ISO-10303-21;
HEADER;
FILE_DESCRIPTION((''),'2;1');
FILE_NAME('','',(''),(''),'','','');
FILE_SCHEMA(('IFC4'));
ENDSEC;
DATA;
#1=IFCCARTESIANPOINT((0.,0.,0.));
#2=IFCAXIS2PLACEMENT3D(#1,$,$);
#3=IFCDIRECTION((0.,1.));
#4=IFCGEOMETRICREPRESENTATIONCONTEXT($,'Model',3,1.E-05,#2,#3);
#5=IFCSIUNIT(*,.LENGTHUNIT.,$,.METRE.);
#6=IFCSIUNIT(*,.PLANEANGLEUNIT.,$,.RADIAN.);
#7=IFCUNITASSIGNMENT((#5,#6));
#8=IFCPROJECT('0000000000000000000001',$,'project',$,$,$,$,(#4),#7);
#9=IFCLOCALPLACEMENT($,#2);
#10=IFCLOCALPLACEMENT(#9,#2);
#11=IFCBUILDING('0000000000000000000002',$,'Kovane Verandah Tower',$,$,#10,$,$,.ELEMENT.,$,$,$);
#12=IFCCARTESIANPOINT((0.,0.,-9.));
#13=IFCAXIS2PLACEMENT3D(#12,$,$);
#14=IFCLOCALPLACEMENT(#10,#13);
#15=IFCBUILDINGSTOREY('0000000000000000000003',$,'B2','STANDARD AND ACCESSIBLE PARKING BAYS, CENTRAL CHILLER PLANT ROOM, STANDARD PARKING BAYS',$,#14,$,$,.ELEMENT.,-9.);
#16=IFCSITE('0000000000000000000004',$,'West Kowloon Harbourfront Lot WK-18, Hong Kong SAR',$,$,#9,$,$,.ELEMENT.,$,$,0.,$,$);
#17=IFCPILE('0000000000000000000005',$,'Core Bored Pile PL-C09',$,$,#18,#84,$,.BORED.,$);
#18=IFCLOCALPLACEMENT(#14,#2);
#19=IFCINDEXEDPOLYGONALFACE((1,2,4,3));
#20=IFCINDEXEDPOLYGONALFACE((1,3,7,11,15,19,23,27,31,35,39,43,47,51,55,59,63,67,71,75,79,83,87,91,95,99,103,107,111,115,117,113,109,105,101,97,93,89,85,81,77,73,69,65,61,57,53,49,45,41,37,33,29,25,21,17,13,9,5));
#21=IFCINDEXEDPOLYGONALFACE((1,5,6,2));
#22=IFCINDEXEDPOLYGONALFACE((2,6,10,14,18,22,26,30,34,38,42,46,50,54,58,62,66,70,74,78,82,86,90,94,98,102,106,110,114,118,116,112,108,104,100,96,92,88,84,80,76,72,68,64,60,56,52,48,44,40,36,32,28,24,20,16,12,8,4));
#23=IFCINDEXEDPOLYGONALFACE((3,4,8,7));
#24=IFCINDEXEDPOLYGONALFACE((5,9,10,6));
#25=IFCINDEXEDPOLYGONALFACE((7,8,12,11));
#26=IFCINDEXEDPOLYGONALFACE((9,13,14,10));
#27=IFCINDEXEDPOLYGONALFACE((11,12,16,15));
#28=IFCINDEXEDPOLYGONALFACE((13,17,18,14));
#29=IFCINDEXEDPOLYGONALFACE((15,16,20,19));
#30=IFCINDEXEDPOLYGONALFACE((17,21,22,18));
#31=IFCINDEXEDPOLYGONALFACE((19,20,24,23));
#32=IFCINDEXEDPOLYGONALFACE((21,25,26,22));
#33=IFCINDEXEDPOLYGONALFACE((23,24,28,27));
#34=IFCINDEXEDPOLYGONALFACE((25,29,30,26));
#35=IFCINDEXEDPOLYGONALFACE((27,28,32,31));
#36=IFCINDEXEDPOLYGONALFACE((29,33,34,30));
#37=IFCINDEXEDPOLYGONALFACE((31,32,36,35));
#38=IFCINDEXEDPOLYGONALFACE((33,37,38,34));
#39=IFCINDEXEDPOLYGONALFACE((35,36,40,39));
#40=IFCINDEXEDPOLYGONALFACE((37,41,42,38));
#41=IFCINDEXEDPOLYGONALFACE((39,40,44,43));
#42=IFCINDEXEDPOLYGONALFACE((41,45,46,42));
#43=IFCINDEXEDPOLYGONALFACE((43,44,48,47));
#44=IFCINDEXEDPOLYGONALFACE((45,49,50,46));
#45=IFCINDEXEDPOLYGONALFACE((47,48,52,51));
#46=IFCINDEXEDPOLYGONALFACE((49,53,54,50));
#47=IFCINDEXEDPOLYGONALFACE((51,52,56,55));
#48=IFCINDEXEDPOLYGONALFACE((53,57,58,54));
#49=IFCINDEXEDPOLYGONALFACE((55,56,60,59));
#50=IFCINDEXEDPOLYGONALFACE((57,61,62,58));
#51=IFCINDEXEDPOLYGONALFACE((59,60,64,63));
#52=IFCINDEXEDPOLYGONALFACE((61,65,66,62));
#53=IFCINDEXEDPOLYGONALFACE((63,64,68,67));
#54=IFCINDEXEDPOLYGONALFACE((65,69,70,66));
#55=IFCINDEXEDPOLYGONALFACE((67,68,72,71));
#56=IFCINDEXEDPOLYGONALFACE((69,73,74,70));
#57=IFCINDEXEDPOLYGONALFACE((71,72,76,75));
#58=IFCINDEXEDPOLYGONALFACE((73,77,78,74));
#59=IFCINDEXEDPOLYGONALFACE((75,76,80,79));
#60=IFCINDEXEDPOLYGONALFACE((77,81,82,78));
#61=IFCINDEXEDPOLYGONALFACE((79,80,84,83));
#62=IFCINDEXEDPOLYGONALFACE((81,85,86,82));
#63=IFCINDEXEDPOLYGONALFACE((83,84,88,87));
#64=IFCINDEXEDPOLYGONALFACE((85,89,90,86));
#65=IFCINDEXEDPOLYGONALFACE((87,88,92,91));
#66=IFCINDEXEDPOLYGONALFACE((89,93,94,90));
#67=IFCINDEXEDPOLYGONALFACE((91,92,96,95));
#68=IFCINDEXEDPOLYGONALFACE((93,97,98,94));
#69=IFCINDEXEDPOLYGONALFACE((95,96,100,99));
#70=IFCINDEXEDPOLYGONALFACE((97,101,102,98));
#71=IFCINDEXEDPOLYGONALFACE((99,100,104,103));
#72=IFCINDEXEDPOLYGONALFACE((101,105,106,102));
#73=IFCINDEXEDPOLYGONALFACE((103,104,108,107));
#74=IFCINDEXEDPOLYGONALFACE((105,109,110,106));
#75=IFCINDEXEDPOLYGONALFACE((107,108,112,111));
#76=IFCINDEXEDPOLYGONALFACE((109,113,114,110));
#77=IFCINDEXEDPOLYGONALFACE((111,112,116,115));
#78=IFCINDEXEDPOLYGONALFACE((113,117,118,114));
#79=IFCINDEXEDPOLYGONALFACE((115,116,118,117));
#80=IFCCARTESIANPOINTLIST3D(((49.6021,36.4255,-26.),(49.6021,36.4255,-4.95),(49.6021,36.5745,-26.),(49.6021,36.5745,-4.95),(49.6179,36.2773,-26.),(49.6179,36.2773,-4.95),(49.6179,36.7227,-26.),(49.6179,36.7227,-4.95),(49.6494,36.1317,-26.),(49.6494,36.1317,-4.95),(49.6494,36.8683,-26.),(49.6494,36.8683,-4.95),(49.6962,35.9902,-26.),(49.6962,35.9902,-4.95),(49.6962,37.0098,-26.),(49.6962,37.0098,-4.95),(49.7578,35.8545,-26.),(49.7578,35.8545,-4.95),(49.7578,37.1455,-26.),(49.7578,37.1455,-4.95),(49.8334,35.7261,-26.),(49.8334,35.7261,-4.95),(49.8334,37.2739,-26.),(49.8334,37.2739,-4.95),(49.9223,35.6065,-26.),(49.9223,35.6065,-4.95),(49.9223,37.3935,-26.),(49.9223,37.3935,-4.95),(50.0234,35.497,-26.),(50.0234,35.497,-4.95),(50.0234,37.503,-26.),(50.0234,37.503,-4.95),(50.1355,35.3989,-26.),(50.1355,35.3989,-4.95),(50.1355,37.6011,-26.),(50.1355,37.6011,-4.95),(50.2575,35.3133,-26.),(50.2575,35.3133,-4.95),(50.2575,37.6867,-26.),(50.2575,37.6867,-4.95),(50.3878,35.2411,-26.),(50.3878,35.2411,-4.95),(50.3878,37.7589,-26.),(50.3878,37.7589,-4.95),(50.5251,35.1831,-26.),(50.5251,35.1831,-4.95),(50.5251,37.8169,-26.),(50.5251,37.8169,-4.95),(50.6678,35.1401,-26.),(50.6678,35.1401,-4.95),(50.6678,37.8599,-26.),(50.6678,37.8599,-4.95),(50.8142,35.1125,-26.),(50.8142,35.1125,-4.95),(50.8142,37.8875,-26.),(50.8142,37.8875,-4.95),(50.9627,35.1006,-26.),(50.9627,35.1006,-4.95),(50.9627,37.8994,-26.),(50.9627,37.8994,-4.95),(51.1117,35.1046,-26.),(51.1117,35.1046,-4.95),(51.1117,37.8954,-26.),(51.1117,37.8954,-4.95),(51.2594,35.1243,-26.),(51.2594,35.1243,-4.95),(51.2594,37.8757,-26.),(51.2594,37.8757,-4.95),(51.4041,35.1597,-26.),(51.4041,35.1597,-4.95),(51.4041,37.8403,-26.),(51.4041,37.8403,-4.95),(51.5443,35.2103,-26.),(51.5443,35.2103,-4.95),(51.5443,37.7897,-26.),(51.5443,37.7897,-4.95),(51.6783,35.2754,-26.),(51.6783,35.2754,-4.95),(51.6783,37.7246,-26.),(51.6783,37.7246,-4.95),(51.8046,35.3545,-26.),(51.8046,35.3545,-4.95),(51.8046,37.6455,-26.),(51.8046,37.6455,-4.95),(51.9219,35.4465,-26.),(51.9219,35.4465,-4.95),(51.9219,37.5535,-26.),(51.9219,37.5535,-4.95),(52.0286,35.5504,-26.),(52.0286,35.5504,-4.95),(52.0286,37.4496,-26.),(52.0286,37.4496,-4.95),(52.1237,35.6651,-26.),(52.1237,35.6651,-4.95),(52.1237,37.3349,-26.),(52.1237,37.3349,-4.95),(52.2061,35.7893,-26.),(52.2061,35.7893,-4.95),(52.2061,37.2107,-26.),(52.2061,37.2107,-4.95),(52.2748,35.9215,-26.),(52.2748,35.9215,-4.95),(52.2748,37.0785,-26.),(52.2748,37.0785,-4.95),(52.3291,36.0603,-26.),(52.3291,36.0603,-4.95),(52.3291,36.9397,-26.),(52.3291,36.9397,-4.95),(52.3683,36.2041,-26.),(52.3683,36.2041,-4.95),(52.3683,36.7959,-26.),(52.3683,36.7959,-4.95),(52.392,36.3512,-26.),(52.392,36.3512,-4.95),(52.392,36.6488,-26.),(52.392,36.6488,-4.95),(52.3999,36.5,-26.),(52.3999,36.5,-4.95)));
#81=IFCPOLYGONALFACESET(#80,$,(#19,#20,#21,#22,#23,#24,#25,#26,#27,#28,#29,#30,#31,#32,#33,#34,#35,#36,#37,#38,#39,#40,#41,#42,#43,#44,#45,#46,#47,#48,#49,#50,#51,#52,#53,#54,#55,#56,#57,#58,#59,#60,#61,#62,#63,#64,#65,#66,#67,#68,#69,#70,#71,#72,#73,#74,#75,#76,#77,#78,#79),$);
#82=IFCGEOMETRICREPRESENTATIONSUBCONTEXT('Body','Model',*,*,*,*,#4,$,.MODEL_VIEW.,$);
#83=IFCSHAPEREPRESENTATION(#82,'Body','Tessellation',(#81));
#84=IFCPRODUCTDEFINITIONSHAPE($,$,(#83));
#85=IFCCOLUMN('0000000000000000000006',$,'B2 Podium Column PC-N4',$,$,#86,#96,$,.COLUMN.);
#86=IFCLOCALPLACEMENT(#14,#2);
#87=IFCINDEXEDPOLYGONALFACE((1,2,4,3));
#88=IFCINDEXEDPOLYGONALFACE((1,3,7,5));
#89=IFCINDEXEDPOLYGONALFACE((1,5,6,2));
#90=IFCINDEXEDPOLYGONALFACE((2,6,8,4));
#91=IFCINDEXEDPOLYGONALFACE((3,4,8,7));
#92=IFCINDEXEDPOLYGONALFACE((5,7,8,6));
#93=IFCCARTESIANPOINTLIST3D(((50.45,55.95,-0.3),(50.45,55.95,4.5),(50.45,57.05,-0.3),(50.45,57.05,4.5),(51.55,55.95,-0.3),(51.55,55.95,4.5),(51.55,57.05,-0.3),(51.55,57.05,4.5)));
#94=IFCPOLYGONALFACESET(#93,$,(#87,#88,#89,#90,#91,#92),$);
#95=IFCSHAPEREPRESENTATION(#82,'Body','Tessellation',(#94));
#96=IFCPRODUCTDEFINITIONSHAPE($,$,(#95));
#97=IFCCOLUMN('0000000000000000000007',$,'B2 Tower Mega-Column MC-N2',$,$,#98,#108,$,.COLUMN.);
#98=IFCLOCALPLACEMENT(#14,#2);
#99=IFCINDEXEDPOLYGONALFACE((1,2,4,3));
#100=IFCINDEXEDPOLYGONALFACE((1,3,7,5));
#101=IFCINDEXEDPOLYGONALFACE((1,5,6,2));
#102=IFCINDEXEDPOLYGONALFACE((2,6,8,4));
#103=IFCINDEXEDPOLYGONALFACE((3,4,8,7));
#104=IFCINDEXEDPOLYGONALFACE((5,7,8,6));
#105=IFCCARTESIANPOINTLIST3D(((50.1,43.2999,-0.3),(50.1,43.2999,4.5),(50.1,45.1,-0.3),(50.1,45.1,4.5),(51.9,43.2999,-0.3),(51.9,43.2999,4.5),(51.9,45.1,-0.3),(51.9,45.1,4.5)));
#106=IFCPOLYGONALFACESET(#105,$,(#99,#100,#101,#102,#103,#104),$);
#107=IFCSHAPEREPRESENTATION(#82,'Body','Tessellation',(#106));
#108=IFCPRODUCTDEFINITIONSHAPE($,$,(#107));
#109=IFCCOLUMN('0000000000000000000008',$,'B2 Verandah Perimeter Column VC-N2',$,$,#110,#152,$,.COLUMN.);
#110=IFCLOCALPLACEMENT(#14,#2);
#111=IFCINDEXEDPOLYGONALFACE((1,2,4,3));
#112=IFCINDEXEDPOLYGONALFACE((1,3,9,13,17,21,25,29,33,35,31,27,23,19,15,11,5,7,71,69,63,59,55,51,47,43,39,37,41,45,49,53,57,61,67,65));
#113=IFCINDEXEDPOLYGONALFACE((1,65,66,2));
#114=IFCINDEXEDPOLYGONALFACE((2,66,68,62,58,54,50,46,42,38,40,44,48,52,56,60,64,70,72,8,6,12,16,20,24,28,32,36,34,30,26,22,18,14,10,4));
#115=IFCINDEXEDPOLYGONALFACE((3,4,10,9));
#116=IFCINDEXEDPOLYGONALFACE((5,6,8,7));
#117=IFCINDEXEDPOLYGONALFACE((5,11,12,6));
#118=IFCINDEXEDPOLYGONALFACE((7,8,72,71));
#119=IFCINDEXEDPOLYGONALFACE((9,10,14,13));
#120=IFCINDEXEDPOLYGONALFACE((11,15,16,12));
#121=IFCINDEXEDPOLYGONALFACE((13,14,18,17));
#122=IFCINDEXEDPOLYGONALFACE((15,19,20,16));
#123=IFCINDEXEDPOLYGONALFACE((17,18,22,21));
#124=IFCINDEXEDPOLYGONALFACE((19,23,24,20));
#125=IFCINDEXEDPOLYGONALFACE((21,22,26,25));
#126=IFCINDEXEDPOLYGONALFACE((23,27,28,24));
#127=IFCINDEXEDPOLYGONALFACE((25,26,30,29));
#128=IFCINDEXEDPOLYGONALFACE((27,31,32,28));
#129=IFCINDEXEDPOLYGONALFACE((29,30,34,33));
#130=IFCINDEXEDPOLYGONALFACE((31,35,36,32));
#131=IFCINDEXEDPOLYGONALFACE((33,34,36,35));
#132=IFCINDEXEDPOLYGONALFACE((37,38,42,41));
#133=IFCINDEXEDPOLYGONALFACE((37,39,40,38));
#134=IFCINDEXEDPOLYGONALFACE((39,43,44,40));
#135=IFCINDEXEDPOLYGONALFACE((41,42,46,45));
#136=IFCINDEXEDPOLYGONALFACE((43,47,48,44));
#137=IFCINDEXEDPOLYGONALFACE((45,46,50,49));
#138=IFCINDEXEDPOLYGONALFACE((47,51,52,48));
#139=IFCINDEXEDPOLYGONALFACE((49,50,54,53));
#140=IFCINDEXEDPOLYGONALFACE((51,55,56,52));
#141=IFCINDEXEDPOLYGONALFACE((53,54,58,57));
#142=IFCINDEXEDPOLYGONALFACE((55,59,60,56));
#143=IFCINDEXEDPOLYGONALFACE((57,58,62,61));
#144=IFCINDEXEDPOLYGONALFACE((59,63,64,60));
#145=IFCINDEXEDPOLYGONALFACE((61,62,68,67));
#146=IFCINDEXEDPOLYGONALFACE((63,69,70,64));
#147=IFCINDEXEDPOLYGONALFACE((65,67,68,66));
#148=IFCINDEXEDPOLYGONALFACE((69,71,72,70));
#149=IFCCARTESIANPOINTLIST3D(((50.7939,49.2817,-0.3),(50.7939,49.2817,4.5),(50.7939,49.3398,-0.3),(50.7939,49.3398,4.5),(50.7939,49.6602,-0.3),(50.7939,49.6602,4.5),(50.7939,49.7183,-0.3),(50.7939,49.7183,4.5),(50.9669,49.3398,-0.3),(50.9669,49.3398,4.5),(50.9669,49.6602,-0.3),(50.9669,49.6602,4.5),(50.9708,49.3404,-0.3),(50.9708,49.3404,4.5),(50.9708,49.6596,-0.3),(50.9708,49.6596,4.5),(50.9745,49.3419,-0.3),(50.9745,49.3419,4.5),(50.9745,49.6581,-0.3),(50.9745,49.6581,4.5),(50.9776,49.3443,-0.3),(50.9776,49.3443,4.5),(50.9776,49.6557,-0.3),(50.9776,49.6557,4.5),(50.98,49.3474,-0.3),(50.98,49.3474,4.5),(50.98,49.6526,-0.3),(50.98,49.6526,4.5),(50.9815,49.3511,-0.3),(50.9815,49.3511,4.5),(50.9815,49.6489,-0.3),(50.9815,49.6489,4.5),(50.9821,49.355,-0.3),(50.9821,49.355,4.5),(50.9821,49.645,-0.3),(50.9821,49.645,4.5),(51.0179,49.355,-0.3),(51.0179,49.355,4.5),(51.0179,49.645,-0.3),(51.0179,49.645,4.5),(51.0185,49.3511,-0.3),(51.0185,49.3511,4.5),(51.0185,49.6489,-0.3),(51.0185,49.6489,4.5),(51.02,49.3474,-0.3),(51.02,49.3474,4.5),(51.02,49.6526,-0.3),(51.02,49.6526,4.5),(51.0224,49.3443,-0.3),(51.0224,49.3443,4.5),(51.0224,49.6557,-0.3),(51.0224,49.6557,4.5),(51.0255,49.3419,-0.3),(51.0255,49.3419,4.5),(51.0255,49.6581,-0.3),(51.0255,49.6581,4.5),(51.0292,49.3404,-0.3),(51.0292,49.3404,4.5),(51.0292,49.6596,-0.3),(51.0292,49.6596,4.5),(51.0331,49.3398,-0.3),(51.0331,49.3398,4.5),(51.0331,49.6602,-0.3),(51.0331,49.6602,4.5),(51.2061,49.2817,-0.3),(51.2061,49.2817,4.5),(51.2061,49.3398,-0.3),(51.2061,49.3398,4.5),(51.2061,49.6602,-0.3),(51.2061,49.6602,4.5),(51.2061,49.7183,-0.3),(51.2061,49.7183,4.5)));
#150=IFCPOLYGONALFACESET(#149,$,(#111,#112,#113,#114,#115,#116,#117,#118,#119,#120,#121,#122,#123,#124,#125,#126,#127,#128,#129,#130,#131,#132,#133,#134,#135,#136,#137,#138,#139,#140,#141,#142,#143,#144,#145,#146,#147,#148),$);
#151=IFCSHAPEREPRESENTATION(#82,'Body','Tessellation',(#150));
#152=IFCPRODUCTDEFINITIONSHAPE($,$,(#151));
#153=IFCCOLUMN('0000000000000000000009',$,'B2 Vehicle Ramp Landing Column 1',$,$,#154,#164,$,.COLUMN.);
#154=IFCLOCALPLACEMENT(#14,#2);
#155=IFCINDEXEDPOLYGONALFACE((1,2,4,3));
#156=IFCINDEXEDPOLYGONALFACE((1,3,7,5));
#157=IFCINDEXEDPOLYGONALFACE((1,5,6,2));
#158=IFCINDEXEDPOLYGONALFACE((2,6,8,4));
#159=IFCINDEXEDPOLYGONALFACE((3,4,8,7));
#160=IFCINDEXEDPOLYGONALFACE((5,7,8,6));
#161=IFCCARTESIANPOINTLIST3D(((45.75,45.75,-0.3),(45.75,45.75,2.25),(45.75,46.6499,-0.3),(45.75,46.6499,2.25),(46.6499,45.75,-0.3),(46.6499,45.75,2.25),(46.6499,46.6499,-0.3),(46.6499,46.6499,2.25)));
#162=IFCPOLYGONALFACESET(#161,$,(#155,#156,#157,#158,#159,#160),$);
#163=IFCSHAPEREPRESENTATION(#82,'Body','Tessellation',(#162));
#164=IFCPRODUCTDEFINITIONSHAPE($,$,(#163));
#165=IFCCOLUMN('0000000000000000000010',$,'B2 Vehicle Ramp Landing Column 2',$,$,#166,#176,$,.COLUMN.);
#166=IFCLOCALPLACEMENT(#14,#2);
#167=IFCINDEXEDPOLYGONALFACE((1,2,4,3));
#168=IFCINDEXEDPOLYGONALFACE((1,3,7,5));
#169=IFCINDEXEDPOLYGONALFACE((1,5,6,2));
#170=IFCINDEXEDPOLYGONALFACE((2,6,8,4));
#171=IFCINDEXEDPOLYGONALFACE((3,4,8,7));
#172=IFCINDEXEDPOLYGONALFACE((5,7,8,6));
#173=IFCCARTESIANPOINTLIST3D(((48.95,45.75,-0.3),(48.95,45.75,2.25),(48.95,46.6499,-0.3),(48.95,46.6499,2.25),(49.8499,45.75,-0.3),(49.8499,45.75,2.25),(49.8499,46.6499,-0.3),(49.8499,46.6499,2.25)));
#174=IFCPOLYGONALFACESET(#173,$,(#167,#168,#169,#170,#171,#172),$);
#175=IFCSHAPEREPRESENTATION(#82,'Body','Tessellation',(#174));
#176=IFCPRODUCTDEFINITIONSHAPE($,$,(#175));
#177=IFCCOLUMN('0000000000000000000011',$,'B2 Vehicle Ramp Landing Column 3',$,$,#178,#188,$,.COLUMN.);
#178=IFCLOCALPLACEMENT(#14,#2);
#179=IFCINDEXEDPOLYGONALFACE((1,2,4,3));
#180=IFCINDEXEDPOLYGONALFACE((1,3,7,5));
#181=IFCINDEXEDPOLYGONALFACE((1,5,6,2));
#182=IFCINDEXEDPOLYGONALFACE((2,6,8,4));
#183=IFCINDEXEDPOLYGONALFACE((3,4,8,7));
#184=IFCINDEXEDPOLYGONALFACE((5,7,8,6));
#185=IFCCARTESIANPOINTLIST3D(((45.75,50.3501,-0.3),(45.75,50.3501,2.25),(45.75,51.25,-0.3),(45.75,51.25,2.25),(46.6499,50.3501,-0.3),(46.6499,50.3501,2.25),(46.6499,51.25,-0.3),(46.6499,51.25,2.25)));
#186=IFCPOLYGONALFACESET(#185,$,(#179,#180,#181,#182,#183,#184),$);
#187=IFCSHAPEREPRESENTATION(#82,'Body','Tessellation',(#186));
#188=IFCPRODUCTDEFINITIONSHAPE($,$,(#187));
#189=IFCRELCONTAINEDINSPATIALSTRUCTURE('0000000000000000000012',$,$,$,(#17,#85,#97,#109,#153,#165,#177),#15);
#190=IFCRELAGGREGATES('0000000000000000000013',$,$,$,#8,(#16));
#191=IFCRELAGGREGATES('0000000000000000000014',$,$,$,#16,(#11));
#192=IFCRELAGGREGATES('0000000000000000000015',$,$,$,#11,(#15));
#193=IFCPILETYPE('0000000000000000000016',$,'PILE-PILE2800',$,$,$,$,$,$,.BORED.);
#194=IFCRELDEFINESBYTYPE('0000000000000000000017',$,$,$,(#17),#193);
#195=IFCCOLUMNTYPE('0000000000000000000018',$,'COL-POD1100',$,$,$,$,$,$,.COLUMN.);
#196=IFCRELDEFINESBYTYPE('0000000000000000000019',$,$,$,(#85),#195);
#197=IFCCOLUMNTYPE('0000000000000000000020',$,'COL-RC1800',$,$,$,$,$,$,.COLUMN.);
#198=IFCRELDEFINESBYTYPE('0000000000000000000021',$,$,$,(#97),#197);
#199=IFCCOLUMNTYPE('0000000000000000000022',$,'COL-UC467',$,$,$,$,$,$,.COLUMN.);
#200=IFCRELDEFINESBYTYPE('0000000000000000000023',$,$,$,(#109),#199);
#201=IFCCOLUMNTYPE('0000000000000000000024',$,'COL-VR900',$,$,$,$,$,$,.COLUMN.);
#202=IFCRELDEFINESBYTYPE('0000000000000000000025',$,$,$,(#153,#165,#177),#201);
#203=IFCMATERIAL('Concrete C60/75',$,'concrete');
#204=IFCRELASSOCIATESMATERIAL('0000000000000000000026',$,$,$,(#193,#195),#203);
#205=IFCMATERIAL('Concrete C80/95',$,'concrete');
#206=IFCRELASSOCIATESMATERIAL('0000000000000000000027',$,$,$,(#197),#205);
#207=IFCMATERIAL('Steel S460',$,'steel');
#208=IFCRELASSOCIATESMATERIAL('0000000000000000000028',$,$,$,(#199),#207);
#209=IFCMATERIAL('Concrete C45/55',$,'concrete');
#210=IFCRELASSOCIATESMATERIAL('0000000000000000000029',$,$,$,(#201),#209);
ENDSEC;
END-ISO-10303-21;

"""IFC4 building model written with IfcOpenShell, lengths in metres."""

from ifc_helpers import new_model, si_unit, direction, frame, origin, origin_2d, place, context, subcontext, project, spatial, rectangle, circle, i_section, extrude, material, material_profile, profile_set, type_object, element, save


model = new_model("IFC4")

# Units and contexts
model_context = context("Model", 3, precision=1e-05, world=origin(), true_north=direction((0.0, 1.0)))
body_context = subcontext(model_context, "Body", "Model", "MODEL_VIEW")
ifc_project = project(units=[si_unit("LENGTHUNIT", "METRE"), si_unit("PLANEANGLEUNIT", "RADIAN")], contexts=[model_context])

# Site, building, storey
site_placement = place(None, origin())
site = spatial("IfcSite", under=ifc_project, at=site_placement, Name="West Kowloon Harbourfront Lot WK-18, Hong Kong SAR", CompositionType="ELEMENT", RefElevation=0.0)
building_placement = place(site_placement, origin())
building = spatial("IfcBuilding", under=site, at=building_placement, Name="Kovane Verandah Tower", CompositionType="ELEMENT")
storey_placement = place(building_placement, frame((0.0, 0.0, -9.0)))
storey = spatial("IfcBuildingStorey", under=building, at=storey_placement, Name="B2", Description="STANDARD AND ACCESSIBLE PARKING BAYS, CENTRAL CHILLER PLANT ROOM, STANDARD PARKING BAYS", CompositionType="ELEMENT", Elevation=-9.0)

# Shared definitions
ifc_material_1 = material(Name="Concrete C60/75", Category="concrete")

# Pile
ifc_material_profile_1 = material_profile(ifc_material_1, circle(Radius=1.3999, at=origin_2d()), Name="PILE2800")
ifc_profile_set_1 = profile_set([ifc_material_profile_1], Name="Concrete C60/75")
pile_type_1 = type_object("IfcPileType", Name="PILE-PILE2800", PredefinedType="BORED", material=ifc_profile_set_1)
for number, where, z_axis, x_axis, name in (
    (1, (51.0, 36.5, -4.95), (0.0, 0.0, -1.0), (1.0, 0.0, 0.0), "Core Bored Pile PL-C09"),
):
    element("IfcPile", number, at=place(storey_placement, frame(where, z_axis=z_axis, x_axis=x_axis)), inside=storey, type_object=pile_type_1, Name=name, PredefinedType="BORED", context=body_context, shape_type="SweptSolid", body=[
        extrude(circle(Radius=1.3999, at=origin_2d()), origin(), (0.0, 0.0, 1.0), 21.05),
    ])

# Columns
ifc_material_profile_2 = material_profile(ifc_material_1, rectangle(XDim=1.1001, YDim=1.1001, at=origin_2d()), Name="RC1100x1100")
ifc_profile_set_2 = profile_set([ifc_material_profile_2], Name="Concrete C60/75")
column_type_1 = type_object("IfcColumnType", Name="COL-POD1100", PredefinedType="COLUMN", material=ifc_profile_set_2)
column_1_placement = place(storey_placement, frame((51.0, 56.5, -0.3), z_axis=(0.0, 0.0, 1.0), x_axis=(1.0, 0.0, 0.0)))
element("IfcColumn", 2, at=column_1_placement, inside=storey, type_object=column_type_1, Name="B2 Podium Column PC-N4", PredefinedType="COLUMN", context=body_context, shape_type="SweptSolid", body=[
    extrude(rectangle(XDim=1.1001, YDim=1.1001, at=origin_2d()), origin(), (0.0, 0.0, 1.0), 4.8),
])
ifc_material_2 = material(Name="Concrete C80/95", Category="concrete")
ifc_material_profile_3 = material_profile(ifc_material_2, rectangle(XDim=1.8, YDim=1.8, at=origin_2d()), Name="RC1800x1800")
ifc_profile_set_3 = profile_set([ifc_material_profile_3], Name="Concrete C80/95")
column_type_2 = type_object("IfcColumnType", Name="COL-RC1800", PredefinedType="COLUMN", material=ifc_profile_set_3)
column_2_placement = place(storey_placement, frame((51.0, 44.2, -0.3), z_axis=(0.0, 0.0, 1.0), x_axis=(1.0, 0.0, 0.0)))
element("IfcColumn", 3, at=column_2_placement, inside=storey, type_object=column_type_2, Name="B2 Tower Mega-Column MC-N2", PredefinedType="COLUMN", context=body_context, shape_type="SweptSolid", body=[
    extrude(rectangle(XDim=1.8, YDim=1.8, at=origin_2d()), origin(), (0.0, 0.0, 1.0), 4.8),
])
ifc_material_3 = material(Name="Steel S460", Category="steel")
ifc_material_profile_4 = material_profile(ifc_material_3, i_section(OverallWidth=0.4121, OverallDepth=0.4365, WebThickness=0.0359, FlangeThickness=0.0581, FilletRadius=0.0151, at=origin_2d()), Name="UC356x406x467")
ifc_profile_set_4 = profile_set([ifc_material_profile_4], Name="Steel S460")
column_type_3 = type_object("IfcColumnType", Name="COL-UC467", PredefinedType="COLUMN", material=ifc_profile_set_4)
column_3_placement = place(storey_placement, frame((51.0, 49.5, -0.3), z_axis=(0.0, 0.0, 1.0), x_axis=(1.0, 0.0, 0.0)))
element("IfcColumn", 4, at=column_3_placement, inside=storey, type_object=column_type_3, Name="B2 Verandah Perimeter Column VC-N2", PredefinedType="COLUMN", context=body_context, shape_type="SweptSolid", body=[
    extrude(i_section(OverallWidth=0.4121, OverallDepth=0.4365, WebThickness=0.0359, FlangeThickness=0.0581, FilletRadius=0.0151, at=origin_2d()), origin(), (0.0, 0.0, 1.0), 4.8),
])
ifc_material_4 = material(Name="Concrete C45/55", Category="concrete")
ifc_material_profile_5 = material_profile(ifc_material_4, rectangle(XDim=0.8999, YDim=0.8999, at=origin_2d()), Name="RC900x900")
ifc_profile_set_5 = profile_set([ifc_material_profile_5], Name="Concrete C45/55")
column_type_4 = type_object("IfcColumnType", Name="COL-VR900", PredefinedType="COLUMN", material=ifc_profile_set_5)
for number, where, z_axis, x_axis, name in (
    (5, (46.2, 46.2, -0.3), (0.0, 0.0, 1.0), (1.0, 0.0, 0.0), "B2 Vehicle Ramp Landing Column 1"),
    (6, (49.3999, 46.2, -0.3), (0.0, 0.0, 1.0), (1.0, 0.0, 0.0), "B2 Vehicle Ramp Landing Column 2"),
    (7, (46.2, 50.8, -0.3), (0.0, 0.0, 1.0), (1.0, 0.0, 0.0), "B2 Vehicle Ramp Landing Column 3"),
):
    element("IfcColumn", number, at=place(storey_placement, frame(where, z_axis=z_axis, x_axis=x_axis)), inside=storey, type_object=column_type_4, Name=name, PredefinedType="COLUMN", context=body_context, shape_type="SweptSolid", body=[
        extrude(rectangle(XDim=0.8999, YDim=0.8999, at=origin_2d()), origin(), (0.0, 0.0, 1.0), 2.55),
    ])

save(model, "model.ifc")
